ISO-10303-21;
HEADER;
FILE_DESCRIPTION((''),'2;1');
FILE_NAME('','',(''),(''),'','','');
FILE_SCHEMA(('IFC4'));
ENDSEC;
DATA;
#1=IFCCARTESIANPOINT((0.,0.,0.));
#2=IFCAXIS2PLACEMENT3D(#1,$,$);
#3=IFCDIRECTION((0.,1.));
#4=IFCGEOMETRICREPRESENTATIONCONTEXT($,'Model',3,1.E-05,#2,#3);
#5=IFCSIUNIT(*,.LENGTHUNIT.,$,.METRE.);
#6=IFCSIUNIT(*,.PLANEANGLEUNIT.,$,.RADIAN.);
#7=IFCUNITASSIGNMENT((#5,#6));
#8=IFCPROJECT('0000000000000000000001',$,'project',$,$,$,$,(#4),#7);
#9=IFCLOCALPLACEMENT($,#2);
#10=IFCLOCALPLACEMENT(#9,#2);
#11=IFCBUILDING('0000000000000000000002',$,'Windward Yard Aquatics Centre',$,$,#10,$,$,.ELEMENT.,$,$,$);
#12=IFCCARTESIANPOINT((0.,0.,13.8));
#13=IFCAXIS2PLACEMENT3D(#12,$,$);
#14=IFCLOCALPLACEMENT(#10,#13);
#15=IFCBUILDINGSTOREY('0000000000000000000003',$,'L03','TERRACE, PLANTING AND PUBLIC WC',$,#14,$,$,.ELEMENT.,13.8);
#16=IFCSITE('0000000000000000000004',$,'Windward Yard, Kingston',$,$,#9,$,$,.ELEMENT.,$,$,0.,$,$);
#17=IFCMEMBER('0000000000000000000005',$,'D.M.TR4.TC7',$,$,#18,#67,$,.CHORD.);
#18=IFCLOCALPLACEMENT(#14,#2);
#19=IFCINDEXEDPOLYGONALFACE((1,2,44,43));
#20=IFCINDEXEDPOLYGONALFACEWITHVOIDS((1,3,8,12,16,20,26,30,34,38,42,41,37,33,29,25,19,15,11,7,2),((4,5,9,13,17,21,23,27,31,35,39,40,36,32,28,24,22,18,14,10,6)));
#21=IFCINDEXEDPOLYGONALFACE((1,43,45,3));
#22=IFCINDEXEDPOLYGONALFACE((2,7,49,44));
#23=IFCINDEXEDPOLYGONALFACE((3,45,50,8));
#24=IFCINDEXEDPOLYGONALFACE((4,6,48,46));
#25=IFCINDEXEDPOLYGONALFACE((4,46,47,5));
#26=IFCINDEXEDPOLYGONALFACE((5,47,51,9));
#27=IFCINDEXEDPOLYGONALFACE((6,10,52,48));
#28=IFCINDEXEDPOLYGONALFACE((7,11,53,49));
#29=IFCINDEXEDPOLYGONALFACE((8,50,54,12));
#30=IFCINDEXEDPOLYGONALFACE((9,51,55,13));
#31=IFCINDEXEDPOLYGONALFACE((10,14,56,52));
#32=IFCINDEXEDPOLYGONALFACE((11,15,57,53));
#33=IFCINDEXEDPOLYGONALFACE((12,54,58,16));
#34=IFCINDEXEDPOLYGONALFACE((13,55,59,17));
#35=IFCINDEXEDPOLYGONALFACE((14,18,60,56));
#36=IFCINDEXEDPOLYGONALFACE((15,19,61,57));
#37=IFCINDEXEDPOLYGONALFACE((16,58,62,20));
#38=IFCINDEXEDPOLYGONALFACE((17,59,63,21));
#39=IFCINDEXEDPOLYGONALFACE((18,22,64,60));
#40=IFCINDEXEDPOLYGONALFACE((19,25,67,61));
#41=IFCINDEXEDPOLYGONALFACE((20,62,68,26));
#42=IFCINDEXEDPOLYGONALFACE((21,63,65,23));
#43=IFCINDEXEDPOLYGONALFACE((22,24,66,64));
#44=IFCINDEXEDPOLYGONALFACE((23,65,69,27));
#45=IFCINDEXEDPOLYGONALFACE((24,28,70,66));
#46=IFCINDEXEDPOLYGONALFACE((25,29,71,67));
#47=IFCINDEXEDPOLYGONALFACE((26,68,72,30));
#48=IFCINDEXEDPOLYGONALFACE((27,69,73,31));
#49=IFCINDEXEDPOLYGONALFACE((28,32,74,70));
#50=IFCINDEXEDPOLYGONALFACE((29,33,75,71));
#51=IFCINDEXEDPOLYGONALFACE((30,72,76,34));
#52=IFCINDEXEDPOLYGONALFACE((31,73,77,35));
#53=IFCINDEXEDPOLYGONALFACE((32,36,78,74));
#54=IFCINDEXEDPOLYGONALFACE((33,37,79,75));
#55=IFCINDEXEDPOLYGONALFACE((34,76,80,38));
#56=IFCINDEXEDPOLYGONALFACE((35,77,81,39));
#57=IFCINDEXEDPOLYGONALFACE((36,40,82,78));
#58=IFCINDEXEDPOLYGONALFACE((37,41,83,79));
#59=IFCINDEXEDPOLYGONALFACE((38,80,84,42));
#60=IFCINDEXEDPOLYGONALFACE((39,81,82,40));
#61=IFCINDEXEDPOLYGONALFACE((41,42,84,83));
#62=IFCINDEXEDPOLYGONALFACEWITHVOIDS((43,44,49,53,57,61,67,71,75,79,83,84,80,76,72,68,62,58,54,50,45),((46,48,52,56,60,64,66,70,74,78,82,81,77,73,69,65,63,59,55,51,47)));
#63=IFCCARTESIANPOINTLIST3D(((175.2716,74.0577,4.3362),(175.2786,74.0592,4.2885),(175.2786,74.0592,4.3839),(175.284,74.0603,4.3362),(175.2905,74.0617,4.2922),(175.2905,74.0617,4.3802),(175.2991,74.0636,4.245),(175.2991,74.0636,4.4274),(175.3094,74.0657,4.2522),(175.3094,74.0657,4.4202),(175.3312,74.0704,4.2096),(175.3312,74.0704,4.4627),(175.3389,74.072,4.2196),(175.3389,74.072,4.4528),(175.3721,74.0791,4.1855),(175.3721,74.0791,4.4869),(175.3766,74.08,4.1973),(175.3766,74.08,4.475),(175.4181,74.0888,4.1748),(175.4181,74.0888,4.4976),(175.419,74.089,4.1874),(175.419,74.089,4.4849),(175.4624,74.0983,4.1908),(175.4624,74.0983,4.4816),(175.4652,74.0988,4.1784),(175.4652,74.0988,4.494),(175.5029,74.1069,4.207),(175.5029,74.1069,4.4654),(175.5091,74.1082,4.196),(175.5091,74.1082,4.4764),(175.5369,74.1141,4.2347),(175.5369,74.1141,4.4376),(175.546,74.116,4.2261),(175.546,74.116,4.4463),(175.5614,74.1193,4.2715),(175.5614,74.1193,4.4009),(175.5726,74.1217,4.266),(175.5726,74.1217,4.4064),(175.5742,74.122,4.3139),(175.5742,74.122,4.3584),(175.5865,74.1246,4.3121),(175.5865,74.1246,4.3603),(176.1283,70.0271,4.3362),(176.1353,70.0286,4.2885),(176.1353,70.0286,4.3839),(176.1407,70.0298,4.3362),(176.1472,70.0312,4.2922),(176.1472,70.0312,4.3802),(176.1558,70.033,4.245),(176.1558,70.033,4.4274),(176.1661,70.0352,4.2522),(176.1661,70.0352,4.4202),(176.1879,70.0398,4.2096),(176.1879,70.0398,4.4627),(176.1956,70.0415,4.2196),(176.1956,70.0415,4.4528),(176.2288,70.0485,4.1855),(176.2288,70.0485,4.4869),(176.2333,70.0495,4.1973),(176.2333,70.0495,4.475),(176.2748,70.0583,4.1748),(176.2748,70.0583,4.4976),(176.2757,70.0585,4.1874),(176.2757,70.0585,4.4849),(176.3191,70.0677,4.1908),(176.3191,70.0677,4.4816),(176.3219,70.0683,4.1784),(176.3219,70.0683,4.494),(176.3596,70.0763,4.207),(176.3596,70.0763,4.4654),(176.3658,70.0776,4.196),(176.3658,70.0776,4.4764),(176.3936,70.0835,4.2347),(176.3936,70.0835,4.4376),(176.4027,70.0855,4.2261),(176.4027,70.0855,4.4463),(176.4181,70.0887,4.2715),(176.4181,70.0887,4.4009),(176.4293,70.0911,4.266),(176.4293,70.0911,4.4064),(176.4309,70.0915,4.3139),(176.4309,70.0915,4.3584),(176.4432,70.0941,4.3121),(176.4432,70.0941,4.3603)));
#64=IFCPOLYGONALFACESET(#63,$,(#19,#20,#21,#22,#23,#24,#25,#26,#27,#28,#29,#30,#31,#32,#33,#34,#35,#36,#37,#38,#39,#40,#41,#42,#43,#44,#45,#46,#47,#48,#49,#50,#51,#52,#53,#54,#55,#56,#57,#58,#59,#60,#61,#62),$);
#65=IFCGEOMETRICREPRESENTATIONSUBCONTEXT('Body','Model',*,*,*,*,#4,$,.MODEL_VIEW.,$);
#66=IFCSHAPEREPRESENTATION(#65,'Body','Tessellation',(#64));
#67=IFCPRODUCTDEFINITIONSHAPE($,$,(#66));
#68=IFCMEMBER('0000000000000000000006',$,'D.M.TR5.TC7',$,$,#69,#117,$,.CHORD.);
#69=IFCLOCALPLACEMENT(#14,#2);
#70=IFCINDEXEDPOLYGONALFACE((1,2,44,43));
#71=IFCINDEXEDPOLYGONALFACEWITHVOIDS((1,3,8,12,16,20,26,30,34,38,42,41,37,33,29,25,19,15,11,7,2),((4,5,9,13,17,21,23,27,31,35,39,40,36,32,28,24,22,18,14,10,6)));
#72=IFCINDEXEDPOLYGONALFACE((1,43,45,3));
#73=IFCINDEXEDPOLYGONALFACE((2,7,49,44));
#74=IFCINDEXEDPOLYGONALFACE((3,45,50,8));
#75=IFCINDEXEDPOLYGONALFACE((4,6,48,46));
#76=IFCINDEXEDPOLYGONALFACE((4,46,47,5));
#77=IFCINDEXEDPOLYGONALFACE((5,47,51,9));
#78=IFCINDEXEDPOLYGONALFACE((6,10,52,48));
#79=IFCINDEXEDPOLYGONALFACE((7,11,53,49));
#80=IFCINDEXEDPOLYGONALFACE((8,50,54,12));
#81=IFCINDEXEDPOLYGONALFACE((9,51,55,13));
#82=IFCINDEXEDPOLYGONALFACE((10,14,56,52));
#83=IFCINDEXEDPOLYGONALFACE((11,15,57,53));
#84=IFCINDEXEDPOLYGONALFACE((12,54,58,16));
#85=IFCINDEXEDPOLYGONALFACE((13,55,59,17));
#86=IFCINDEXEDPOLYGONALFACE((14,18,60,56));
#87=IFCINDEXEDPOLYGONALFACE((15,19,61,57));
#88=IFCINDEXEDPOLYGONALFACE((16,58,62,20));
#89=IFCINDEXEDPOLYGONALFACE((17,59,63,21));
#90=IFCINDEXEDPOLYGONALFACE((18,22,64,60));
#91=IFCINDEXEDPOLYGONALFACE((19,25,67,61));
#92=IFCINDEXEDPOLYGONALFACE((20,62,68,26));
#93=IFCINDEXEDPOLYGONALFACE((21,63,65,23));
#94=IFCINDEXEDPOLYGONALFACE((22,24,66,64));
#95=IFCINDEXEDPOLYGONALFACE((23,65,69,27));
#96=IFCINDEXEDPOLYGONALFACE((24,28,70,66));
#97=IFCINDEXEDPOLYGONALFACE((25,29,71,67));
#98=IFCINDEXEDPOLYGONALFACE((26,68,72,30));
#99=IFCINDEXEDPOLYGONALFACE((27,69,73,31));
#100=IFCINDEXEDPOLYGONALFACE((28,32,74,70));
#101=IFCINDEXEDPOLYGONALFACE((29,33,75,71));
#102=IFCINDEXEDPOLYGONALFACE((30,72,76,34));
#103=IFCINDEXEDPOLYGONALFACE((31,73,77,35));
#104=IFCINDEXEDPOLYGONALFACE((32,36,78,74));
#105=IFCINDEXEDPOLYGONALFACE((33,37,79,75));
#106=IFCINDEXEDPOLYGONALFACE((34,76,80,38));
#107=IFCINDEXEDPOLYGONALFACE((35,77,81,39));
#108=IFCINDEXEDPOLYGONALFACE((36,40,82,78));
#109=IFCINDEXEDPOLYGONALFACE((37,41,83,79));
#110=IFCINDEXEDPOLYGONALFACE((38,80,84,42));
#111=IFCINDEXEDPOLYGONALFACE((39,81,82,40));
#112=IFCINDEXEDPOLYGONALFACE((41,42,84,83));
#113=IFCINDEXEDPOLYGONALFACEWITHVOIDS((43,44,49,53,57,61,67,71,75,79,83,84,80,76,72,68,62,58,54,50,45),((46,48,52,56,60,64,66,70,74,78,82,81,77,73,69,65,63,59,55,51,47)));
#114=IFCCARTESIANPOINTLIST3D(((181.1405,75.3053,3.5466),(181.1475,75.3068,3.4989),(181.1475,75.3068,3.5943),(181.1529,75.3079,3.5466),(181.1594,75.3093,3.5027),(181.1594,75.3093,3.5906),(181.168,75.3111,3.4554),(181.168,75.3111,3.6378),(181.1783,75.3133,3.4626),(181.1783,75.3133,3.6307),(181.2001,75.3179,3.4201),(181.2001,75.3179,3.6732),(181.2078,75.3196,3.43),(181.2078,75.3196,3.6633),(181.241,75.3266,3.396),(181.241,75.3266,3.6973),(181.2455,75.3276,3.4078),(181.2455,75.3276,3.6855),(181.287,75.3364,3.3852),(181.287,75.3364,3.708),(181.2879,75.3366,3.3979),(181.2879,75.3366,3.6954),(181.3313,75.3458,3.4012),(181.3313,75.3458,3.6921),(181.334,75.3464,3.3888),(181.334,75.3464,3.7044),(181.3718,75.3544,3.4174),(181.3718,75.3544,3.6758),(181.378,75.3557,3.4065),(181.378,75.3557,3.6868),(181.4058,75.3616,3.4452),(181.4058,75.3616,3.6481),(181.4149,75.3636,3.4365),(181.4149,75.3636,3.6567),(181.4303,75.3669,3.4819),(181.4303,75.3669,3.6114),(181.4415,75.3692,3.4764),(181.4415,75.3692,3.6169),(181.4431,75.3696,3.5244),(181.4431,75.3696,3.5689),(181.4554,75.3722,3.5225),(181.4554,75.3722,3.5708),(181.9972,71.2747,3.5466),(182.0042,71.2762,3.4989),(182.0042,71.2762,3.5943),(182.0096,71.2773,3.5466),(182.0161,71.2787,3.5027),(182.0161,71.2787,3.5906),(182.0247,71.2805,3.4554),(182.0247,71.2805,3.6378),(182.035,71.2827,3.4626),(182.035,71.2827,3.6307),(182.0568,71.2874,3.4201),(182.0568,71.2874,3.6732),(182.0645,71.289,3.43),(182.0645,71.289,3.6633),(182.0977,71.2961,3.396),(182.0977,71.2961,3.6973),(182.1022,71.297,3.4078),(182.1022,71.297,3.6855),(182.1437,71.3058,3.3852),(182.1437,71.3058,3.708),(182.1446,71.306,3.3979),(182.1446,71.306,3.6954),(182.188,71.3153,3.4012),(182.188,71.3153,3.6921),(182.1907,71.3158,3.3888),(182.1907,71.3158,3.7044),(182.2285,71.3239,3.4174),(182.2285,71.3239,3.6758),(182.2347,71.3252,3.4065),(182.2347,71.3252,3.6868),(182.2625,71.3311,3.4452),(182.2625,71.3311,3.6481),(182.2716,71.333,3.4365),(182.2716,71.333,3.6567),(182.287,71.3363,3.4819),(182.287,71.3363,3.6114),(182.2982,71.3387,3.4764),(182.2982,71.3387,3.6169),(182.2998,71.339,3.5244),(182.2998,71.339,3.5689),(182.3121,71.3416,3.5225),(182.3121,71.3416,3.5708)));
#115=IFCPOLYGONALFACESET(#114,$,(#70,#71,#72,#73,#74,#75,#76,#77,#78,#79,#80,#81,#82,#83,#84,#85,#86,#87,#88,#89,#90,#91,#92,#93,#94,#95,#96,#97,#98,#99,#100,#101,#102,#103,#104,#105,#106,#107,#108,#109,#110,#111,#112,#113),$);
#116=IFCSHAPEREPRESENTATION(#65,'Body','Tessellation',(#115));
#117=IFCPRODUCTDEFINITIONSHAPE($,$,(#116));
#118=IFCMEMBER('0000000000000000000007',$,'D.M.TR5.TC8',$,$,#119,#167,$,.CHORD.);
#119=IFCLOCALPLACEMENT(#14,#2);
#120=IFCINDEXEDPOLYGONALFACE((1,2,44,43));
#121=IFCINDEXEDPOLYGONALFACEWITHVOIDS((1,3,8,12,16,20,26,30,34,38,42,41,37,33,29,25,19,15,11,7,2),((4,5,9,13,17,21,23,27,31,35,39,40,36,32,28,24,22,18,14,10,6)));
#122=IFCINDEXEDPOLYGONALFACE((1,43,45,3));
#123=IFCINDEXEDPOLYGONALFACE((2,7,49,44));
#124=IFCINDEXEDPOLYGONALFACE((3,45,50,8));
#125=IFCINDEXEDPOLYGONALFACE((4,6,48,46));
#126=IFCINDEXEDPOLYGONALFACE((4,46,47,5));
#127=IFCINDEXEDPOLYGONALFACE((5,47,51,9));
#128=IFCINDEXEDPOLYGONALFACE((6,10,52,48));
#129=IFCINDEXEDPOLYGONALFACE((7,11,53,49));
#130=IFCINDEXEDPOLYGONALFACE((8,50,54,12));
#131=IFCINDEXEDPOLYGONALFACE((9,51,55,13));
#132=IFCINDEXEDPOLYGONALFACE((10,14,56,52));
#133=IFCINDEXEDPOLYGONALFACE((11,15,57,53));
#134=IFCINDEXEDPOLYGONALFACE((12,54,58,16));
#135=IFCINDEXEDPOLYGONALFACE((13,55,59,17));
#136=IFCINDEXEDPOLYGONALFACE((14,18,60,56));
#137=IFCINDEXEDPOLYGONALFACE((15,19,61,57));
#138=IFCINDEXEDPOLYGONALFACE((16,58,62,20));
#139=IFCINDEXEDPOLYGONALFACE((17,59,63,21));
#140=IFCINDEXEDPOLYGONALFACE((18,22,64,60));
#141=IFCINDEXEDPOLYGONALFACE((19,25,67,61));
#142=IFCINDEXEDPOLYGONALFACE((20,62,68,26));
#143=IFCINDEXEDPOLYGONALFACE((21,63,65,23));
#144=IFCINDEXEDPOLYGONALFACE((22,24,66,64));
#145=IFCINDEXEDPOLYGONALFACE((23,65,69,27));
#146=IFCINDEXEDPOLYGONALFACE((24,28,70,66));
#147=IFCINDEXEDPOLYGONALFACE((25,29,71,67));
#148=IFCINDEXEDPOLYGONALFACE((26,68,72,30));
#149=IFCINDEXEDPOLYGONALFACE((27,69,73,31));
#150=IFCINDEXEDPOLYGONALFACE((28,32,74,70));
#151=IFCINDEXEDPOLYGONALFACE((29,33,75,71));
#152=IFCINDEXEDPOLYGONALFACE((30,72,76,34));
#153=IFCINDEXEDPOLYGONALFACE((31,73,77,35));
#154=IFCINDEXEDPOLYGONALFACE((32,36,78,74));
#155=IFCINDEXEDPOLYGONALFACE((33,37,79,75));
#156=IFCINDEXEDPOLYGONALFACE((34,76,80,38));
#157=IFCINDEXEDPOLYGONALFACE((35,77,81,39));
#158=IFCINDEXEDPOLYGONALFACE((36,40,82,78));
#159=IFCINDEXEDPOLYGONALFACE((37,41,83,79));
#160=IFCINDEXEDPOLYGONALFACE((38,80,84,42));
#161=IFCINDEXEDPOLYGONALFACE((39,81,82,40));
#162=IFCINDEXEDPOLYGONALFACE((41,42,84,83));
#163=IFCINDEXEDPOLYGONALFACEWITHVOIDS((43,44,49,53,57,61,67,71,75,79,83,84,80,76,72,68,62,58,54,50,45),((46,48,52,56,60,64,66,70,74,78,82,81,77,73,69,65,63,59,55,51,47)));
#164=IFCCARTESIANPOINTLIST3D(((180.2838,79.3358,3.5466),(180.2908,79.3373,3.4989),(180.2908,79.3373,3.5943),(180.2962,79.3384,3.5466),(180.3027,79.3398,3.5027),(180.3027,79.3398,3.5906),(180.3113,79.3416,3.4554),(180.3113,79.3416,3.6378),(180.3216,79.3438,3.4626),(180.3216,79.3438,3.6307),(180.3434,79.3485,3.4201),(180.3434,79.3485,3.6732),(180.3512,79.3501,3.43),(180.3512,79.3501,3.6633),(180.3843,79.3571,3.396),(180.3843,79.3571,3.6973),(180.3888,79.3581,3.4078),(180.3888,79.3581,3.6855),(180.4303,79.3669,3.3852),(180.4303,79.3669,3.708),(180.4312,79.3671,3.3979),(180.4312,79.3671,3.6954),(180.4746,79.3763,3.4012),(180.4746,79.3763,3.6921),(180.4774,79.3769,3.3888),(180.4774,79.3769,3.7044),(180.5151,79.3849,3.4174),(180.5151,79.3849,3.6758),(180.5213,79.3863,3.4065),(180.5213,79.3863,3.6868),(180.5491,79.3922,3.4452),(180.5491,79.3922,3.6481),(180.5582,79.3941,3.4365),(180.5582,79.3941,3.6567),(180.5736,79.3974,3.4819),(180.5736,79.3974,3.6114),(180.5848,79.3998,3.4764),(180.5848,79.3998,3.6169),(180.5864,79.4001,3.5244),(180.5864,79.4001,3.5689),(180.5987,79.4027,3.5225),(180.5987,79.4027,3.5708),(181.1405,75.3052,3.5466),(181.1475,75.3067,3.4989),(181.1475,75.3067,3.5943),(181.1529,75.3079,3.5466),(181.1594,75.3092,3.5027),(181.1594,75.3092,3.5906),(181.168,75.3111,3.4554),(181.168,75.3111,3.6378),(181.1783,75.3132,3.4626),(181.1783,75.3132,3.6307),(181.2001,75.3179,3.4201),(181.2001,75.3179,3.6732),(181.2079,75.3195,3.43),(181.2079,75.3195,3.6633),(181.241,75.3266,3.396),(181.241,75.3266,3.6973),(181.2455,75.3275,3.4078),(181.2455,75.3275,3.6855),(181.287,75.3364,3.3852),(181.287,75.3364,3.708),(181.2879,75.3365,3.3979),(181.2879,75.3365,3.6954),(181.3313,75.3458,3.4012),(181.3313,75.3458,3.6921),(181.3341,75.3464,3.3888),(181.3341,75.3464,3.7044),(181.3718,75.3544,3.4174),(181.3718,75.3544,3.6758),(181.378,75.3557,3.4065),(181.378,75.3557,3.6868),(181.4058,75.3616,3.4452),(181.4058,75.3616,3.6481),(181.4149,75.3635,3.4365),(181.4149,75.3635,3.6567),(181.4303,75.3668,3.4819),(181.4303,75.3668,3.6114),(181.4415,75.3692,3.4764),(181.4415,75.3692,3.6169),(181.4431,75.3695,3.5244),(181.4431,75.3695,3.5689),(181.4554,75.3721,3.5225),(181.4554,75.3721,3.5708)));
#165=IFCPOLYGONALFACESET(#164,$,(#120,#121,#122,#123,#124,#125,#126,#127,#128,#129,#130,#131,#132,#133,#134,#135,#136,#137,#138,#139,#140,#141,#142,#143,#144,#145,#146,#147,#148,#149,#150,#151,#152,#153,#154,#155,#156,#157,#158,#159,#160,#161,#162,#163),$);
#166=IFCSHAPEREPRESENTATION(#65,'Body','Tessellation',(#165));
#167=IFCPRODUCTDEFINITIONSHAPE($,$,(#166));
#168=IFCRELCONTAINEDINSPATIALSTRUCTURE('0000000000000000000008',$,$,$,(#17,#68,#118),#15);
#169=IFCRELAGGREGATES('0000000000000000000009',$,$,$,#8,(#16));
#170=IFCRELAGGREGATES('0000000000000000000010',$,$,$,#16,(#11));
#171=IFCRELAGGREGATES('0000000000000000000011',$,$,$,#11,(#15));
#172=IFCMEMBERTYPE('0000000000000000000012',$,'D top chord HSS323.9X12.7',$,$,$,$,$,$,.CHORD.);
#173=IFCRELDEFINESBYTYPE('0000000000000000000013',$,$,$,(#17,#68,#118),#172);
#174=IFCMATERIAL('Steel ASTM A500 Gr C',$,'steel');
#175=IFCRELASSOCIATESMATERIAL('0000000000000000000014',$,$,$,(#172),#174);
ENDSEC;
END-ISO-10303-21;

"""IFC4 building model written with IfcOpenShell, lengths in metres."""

from ifc_helpers import new_model, si_unit, direction, frame, origin, origin_2d, place, context, subcontext, project, spatial, hollow_circle, extrude, material, material_profile, profile_set, type_object, element, save


model = new_model("IFC4")

# Units and contexts
model_context = context("Model", 3, precision=1e-05, world=origin(), true_north=direction((0.0, 1.0)))
body_context = subcontext(model_context, "Body", "Model", "MODEL_VIEW")
ifc_project = project(units=[si_unit("LENGTHUNIT", "METRE"), si_unit("PLANEANGLEUNIT", "RADIAN")], contexts=[model_context])

# Site, building, storey
site_placement = place(None, origin())
site = spatial("IfcSite", under=ifc_project, at=site_placement, Name="Windward Yard, Kingston", CompositionType="ELEMENT", RefElevation=0.0)
building_placement = place(site_placement, origin())
building = spatial("IfcBuilding", under=site, at=building_placement, Name="Windward Yard Aquatics Centre", CompositionType="ELEMENT")
storey_placement = place(building_placement, frame((0.0, 0.0, 13.8)))
storey = spatial("IfcBuildingStorey", under=building, at=storey_placement, Name="L03", Description="TERRACE, PLANTING AND PUBLIC WC", CompositionType="ELEMENT", Elevation=13.8)

# Members
ifc_material_1 = material(Name="Steel ASTM A500 Gr C", Category="steel")
ifc_material_profile_1 = material_profile(ifc_material_1, hollow_circle(Radius=0.1619, WallThickness=0.0127, at=origin_2d()), Name="HSS323.9X12.7")
ifc_profile_set_1 = profile_set([ifc_material_profile_1], Name="Steel ASTM A500 Gr C")
member_type_1 = type_object("IfcMemberType", Name="D top chord HSS323.9X12.7", PredefinedType="CHORD", material=ifc_profile_set_1)
for number, where, z_axis, x_axis, name in (
    (1, (176.2866, 70.0608, 4.3362), (-0.207906, 0.978149, 0.0), (-0.978149, -0.207906, 0.0), "D.M.TR4.TC7"),
    (2, (182.1555, 71.3083, 3.5466), (-0.207906, 0.978149, 0.0), (-0.978149, -0.207906, 0.0), "D.M.TR5.TC7"),
    (3, (181.2988, 75.3389, 3.5466), (-0.207906, 0.978149, 0.0), (-0.978149, -0.207906, 0.0), "D.M.TR5.TC8"),
):
    element("IfcMember", number, at=place(storey_placement, frame(where, z_axis=z_axis, x_axis=x_axis)), inside=storey, type_object=member_type_1, Name=name, PredefinedType="CHORD", context=body_context, shape_type="SweptSolid", body=[
        extrude(hollow_circle(Radius=0.1619, WallThickness=0.0127, at=origin_2d()), origin(), (0.0, 0.0, 1.0), 4.1206),
    ])

save(model, "model.ifc")
